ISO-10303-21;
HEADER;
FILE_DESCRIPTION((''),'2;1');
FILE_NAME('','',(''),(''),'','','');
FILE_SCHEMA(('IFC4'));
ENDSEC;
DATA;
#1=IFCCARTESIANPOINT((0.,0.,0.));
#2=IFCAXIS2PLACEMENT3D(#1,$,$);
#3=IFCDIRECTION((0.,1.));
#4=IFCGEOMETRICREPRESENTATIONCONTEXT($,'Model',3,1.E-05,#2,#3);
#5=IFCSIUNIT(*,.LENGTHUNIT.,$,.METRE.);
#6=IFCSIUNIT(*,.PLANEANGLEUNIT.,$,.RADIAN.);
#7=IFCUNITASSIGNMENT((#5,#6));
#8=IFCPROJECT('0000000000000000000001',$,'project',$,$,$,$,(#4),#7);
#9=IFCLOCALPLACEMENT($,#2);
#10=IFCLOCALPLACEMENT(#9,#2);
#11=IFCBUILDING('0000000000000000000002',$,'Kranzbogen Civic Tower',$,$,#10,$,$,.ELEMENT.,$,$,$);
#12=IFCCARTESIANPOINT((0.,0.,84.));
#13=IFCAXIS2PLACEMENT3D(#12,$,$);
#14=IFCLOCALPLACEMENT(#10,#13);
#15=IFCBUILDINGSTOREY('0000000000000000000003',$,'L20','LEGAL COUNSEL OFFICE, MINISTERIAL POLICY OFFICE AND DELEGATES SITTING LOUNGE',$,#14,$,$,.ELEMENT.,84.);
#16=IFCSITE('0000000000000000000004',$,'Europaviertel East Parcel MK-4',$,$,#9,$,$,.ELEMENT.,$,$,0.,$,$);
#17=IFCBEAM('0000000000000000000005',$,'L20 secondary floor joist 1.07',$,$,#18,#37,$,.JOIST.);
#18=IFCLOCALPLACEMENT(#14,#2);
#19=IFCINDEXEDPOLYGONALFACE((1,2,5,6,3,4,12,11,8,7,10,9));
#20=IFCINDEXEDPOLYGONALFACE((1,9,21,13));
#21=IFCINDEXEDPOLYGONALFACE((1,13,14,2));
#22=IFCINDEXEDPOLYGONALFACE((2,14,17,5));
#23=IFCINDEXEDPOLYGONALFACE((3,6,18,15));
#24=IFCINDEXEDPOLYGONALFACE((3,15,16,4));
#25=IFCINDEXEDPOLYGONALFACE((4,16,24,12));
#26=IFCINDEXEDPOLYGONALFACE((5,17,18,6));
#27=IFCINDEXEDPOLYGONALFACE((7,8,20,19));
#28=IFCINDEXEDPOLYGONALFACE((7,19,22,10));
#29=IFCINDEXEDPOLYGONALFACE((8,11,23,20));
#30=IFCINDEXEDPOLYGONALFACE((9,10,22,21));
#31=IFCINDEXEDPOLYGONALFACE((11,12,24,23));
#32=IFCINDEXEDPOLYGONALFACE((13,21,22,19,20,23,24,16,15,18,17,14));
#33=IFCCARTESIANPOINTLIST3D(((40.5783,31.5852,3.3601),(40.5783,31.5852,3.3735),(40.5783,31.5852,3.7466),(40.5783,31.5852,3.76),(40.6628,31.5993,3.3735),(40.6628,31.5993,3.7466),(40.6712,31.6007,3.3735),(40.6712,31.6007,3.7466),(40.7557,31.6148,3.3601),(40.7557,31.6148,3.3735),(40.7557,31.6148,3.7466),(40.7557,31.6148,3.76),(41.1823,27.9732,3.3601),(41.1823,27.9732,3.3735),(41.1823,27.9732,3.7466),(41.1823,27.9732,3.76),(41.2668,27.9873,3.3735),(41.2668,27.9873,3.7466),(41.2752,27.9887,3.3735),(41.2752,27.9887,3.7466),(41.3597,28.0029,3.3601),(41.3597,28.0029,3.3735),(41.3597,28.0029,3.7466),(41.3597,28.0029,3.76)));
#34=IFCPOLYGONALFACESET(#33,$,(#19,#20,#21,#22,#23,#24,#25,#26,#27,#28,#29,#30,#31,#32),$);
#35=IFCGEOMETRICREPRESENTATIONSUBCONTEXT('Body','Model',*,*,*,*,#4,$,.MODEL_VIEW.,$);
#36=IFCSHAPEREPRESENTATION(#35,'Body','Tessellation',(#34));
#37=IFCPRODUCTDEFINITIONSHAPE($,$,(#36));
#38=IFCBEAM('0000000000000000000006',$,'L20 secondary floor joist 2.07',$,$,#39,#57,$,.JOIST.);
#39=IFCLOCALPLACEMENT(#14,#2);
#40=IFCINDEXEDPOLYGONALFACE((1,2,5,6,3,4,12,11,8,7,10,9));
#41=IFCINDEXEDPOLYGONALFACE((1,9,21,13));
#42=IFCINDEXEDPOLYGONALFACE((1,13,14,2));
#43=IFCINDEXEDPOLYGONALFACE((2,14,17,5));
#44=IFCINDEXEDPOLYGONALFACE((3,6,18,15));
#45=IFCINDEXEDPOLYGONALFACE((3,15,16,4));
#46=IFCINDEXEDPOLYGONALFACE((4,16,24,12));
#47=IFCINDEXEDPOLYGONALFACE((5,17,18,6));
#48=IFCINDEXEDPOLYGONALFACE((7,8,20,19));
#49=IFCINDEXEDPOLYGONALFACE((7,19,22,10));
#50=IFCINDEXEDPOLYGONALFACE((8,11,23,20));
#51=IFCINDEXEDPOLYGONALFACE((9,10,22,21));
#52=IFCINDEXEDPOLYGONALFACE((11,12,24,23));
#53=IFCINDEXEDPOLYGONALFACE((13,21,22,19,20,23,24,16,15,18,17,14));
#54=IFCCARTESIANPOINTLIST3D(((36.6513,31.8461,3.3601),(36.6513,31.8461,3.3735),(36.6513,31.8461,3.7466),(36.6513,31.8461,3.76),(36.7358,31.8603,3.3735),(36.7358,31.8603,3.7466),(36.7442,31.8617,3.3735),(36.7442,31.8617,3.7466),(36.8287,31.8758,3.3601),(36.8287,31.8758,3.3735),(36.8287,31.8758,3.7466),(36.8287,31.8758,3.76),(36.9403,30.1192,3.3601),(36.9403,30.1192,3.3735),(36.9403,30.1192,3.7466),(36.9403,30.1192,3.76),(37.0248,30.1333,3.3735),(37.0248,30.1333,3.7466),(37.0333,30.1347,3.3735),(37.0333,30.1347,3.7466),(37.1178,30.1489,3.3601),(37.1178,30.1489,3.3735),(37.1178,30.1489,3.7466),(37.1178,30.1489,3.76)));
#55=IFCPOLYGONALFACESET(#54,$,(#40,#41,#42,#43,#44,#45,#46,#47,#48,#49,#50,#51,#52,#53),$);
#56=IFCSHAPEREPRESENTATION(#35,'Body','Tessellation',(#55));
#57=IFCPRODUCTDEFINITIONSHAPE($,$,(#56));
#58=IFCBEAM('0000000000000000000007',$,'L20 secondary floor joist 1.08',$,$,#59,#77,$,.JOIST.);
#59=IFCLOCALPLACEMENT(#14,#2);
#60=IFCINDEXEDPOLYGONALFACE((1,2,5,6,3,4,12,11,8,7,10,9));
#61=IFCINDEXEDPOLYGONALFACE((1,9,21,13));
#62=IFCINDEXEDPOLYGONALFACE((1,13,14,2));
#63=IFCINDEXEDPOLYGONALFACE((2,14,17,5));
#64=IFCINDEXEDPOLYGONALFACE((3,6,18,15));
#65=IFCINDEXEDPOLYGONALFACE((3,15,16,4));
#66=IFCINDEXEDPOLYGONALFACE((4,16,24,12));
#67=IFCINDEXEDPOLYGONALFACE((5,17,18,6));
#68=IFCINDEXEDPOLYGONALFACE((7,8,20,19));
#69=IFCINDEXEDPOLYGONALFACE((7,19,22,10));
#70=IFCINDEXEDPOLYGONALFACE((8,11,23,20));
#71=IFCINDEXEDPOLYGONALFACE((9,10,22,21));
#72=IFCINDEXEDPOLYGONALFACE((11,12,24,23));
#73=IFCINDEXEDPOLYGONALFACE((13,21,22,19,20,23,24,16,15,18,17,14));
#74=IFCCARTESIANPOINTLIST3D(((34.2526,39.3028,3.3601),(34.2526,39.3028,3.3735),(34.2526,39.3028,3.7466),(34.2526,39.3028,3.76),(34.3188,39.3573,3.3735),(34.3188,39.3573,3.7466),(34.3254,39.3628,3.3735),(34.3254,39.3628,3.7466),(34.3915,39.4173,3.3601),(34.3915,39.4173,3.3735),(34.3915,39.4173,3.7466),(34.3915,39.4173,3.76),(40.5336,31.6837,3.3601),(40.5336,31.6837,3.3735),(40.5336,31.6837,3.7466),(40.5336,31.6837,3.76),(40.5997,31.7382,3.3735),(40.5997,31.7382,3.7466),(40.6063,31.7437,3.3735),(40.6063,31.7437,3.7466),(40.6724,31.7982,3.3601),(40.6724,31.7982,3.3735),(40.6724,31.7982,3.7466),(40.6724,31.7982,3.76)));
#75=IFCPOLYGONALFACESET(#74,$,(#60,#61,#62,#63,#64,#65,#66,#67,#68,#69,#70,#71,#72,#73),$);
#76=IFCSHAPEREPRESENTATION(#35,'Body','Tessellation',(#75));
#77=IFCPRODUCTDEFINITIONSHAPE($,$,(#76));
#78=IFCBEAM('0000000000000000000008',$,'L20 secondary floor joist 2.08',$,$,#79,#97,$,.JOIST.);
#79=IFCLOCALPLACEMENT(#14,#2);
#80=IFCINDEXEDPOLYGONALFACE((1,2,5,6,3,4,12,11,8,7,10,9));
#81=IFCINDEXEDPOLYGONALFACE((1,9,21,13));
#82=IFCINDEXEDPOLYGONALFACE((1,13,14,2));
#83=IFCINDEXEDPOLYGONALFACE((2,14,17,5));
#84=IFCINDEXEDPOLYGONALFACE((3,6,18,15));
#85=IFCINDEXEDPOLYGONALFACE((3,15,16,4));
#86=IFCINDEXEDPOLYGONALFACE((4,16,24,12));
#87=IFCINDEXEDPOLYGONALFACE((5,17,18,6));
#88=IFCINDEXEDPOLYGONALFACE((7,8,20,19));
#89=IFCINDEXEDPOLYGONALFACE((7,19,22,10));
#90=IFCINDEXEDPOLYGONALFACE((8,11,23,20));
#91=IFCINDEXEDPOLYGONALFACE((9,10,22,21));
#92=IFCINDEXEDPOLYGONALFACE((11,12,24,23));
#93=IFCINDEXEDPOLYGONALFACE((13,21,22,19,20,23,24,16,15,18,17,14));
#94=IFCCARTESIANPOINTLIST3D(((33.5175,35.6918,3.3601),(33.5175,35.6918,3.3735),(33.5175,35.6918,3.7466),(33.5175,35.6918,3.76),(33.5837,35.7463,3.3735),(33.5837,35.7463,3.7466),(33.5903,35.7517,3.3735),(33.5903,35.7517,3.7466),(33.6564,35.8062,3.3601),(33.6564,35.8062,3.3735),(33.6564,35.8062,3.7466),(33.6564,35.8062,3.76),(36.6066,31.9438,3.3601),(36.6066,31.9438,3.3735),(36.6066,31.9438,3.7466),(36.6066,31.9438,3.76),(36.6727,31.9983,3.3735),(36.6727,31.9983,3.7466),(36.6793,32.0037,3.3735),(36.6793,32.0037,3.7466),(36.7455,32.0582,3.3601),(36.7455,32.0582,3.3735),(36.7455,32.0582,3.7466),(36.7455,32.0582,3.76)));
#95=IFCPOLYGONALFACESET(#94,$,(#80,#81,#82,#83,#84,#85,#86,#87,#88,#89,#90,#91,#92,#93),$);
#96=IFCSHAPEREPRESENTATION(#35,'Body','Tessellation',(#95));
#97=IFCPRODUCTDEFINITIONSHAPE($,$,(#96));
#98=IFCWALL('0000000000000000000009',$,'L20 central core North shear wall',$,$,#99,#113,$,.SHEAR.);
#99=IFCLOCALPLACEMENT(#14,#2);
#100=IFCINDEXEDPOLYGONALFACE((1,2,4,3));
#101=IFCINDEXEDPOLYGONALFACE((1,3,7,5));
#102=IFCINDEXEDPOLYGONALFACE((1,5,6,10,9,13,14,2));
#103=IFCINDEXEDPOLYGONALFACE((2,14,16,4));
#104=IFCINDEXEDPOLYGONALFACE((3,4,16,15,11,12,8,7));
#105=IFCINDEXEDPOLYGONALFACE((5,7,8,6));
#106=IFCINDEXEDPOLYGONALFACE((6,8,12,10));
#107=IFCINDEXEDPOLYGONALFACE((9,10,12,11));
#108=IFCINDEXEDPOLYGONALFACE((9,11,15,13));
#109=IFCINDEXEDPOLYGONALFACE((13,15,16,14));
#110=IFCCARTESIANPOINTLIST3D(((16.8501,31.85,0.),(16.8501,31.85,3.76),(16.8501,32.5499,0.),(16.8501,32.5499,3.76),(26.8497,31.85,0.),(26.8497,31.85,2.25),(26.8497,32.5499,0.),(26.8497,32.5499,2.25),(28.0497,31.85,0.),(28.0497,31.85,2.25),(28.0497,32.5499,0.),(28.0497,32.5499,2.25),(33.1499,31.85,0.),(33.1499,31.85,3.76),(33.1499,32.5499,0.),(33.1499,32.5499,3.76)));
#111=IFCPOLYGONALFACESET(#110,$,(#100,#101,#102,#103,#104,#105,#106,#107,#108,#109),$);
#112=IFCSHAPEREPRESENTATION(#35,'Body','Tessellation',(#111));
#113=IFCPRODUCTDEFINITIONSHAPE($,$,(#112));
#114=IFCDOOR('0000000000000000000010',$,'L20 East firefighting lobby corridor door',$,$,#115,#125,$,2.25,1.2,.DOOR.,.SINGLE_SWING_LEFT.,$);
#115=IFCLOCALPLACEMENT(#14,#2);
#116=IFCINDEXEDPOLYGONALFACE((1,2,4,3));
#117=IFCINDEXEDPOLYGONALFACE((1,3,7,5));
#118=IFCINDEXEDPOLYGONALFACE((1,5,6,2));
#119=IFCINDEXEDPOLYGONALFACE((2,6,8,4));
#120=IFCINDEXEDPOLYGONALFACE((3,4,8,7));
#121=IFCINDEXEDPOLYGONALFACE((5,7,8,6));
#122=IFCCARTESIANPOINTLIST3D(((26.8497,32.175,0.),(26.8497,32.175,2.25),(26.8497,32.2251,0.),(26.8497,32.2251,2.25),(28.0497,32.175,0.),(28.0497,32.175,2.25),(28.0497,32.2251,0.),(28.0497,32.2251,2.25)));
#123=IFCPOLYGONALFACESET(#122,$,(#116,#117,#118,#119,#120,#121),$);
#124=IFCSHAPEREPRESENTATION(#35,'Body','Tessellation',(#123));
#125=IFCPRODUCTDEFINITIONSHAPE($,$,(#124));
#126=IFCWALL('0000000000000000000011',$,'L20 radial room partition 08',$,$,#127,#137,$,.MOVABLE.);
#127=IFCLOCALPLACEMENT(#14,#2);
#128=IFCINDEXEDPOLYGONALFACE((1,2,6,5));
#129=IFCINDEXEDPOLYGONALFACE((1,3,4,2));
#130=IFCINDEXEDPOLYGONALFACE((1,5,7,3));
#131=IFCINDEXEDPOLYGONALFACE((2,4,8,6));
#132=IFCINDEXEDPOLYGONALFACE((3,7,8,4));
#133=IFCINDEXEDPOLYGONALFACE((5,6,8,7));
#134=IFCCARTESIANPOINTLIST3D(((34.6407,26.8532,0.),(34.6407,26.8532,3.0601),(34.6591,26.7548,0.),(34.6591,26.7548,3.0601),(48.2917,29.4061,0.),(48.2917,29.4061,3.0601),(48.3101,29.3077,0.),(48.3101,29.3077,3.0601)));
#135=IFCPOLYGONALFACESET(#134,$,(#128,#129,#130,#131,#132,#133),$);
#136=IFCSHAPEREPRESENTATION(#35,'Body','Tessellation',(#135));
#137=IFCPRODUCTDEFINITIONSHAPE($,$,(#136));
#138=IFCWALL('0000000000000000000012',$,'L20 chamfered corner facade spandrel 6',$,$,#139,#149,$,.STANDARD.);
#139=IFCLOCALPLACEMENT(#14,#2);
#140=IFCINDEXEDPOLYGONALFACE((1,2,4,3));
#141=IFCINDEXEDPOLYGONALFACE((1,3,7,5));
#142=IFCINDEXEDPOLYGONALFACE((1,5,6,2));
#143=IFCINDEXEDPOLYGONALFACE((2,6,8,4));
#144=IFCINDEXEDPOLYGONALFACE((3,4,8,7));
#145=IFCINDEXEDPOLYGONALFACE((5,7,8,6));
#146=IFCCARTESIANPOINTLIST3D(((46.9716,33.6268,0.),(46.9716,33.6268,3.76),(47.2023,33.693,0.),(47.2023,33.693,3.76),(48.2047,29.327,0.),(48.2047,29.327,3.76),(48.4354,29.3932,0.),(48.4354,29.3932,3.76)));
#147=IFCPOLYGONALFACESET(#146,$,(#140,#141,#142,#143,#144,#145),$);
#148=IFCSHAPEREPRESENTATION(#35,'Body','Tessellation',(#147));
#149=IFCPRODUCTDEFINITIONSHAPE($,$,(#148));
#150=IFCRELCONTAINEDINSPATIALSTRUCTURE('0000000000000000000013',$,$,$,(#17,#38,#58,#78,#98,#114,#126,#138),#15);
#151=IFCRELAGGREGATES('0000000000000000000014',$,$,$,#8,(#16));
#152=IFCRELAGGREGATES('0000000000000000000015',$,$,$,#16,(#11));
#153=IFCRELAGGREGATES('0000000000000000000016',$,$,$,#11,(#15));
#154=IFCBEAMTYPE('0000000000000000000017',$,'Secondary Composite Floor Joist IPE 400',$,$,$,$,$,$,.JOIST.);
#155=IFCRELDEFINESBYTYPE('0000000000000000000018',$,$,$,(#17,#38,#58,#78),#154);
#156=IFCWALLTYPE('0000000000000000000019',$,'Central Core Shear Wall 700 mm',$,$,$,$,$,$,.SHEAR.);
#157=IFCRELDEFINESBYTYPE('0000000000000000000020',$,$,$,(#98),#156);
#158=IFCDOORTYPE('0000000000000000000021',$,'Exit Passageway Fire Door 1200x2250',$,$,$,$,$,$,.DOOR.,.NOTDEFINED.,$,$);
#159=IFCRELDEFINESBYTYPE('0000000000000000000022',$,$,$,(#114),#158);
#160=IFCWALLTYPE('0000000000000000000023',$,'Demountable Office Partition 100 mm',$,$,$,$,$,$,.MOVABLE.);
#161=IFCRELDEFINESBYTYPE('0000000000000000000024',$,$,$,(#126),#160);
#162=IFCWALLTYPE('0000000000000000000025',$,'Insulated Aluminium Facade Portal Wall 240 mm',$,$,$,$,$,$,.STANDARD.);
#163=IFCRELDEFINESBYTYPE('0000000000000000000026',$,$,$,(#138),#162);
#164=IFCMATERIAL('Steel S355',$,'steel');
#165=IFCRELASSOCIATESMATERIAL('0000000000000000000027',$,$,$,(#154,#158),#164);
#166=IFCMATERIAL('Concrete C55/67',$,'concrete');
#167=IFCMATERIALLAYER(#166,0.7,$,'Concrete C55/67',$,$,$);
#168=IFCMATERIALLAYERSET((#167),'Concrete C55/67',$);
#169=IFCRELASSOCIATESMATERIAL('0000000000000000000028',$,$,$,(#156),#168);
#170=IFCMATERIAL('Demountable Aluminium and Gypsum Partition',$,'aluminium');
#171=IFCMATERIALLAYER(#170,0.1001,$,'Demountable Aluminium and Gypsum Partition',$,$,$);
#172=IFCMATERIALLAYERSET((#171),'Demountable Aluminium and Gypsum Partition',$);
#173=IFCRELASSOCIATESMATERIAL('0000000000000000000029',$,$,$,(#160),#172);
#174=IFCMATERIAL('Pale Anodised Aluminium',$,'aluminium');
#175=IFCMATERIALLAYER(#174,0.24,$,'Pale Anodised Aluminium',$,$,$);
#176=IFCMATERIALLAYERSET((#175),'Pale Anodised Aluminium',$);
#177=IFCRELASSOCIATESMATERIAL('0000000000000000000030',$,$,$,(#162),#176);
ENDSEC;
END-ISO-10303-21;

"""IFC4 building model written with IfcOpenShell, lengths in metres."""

from ifc_helpers import new_model, si_unit, direction, frame, frame_2d, origin, origin_2d, place, context, subcontext, project, spatial, rectangle, i_section, extrude, material, layer, layer_set, material_profile, profile_set, type_object, element, fill, save


model = new_model("IFC4")

# Units and contexts
model_context = context("Model", 3, precision=1e-05, world=origin(), true_north=direction((0.0, 1.0)))
body_context = subcontext(model_context, "Body", "Model", "MODEL_VIEW")
ifc_project = project(units=[si_unit("LENGTHUNIT", "METRE"), si_unit("PLANEANGLEUNIT", "RADIAN")], contexts=[model_context])

# Site, building, storey
site_placement = place(None, origin())
site = spatial("IfcSite", under=ifc_project, at=site_placement, Name="Europaviertel East Parcel MK-4", CompositionType="ELEMENT", RefElevation=0.0)
building_placement = place(site_placement, origin())
building = spatial("IfcBuilding", under=site, at=building_placement, Name="Kranzbogen Civic Tower", CompositionType="ELEMENT")
storey_placement = place(building_placement, frame((0.0, 0.0, 84.0)))
storey = spatial("IfcBuildingStorey", under=building, at=storey_placement, Name="L20", Description="LEGAL COUNSEL OFFICE, MINISTERIAL POLICY OFFICE AND DELEGATES SITTING LOUNGE", CompositionType="ELEMENT", Elevation=84.0)

# Shared definitions
ifc_material_1 = material(Name="Steel S355", Category="steel")

# Shared definitions
ifc_material_2 = material(Name="Pale Anodised Aluminium", Category="aluminium")

# Beams
ifc_material_profile_1 = material_profile(ifc_material_1, i_section(OverallWidth=0.1799, OverallDepth=0.3999, WebThickness=0.0085, FlangeThickness=0.0134, at=origin_2d()), Name="IPE 400")
ifc_profile_set_1 = profile_set([ifc_material_profile_1], Name="Steel S355")
beam_type_1 = type_object("IfcBeamType", Name="Secondary Composite Floor Joist IPE 400", PredefinedType="JOIST", material=ifc_profile_set_1)
beam_1_placement = place(storey_placement, frame((41.271, 27.988, 3.5601), z_axis=(-0.164929, 0.986305, 0.0), x_axis=(-0.986305, -0.164929, 0.0)))
element("IfcBeam", 1, at=beam_1_placement, inside=storey, type_object=beam_type_1, Name="L20 secondary floor joist 1.07", PredefinedType="JOIST", context=body_context, shape_type="SweptSolid", body=[
    extrude(i_section(OverallWidth=0.1799, OverallDepth=0.3999, WebThickness=0.0085, FlangeThickness=0.0134, at=origin_2d()), origin(), (0.0, 0.0, 1.0), 3.6621),
])
beam_2_placement = place(storey_placement, frame((37.0291, 30.134, 3.5601), z_axis=(-0.165077, 0.986281, 0.0), x_axis=(-0.986281, -0.165077, 0.0)))
element("IfcBeam", 2, at=beam_2_placement, inside=storey, type_object=beam_type_1, Name="L20 secondary floor joist 2.07", PredefinedType="JOIST", context=body_context, shape_type="SweptSolid", body=[
    extrude(i_section(OverallWidth=0.1799, OverallDepth=0.3999, WebThickness=0.0085, FlangeThickness=0.0134, at=origin_2d()), origin(), (0.0, 0.0, 1.0), 1.751),
])
beam_3_placement = place(storey_placement, frame((40.603, 31.741, 3.5601), z_axis=(-0.636095, 0.771611, 0.0), x_axis=(-0.771611, -0.636095, 0.0)))
element("IfcBeam", 3, at=beam_3_placement, inside=storey, type_object=beam_type_1, Name="L20 secondary floor joist 1.08", PredefinedType="JOIST", context=body_context, shape_type="SweptSolid", body=[
    extrude(i_section(OverallWidth=0.1799, OverallDepth=0.3999, WebThickness=0.0085, FlangeThickness=0.0134, at=origin_2d()), origin(), (0.0, 0.0, 1.0), 9.8743),
])
beam_4_placement = place(storey_placement, frame((36.676, 32.001, 3.5601), z_axis=(-0.636012, 0.771679, 0.0), x_axis=(-0.771679, -0.636012, 0.0)))
element("IfcBeam", 4, at=beam_4_placement, inside=storey, type_object=beam_type_1, Name="L20 secondary floor joist 2.08", PredefinedType="JOIST", context=body_context, shape_type="SweptSolid", body=[
    extrude(i_section(OverallWidth=0.1799, OverallDepth=0.3999, WebThickness=0.0085, FlangeThickness=0.0134, at=origin_2d()), origin(), (0.0, 0.0, 1.0), 4.8569),
])

# Wall, opening, door
ifc_material_3 = material(Name="Concrete C55/67", Category="concrete")
ifc_layer_1 = layer(ifc_material_3, 0.7, Name="Concrete C55/67")
ifc_layer_set_1 = layer_set([ifc_layer_1], Name="Concrete C55/67")
wall_type_1 = type_object("IfcWallType", Name="Central Core Shear Wall 700 mm", PredefinedType="SHEAR", material=ifc_layer_set_1)
wall_1_placement = place(storey_placement, frame((33.1499, 32.2, 0.0), z_axis=(0.0, 0.0, 1.0), x_axis=(-1.0, 0.0, 0.0)))
wall_1 = element("IfcWall", 5, at=wall_1_placement, inside=storey, type_object=wall_type_1, Name="L20 central core North shear wall", PredefinedType="SHEAR", context=body_context, shape_type="SweptSolid", body=[
    extrude(rectangle(XDim=16.2998, YDim=0.7, at=frame_2d((8.1499, 0.0))), origin(), (0.0, 0.0, 1.0), 3.76),
])
opening_placement = place(wall_1_placement, frame((5.1001, 0.0, 0.0)))
opening = element("IfcOpeningElement", 6, at=opening_placement, cuts=wall_1, PredefinedType="OPENING", context=body_context, shape_type="SweptSolid", body=[
    extrude(rectangle(XDim=1.2, YDim=2.25, at=frame_2d((0.6001, 1.125))), frame((0.0, 0.3599, 0.0), z_axis=(0.0, -1.0, 0.0), x_axis=(1.0, 0.0, 0.0)), (0.0, 0.0, 1.0), 0.72),
])
door_type = type_object("IfcDoorType", Name="Exit Passageway Fire Door 1200x2250", OperationType="NOTDEFINED", PredefinedType="DOOR", material=ifc_material_1)
door_placement = place(opening_placement, origin())
door = element("IfcDoor", 7, at=door_placement, inside=storey, type_object=door_type, Name="L20 East firefighting lobby corridor door", OperationType="SINGLE_SWING_LEFT", OverallHeight=2.25, OverallWidth=1.2, PredefinedType="DOOR", context=body_context, shape_type="SweptSolid", body=[
    extrude(rectangle(XDim=1.2, YDim=2.25, at=frame_2d((0.6001, 1.125))), frame((0.0, 0.0249, 0.0), z_axis=(0.0, -1.0, 0.0), x_axis=(1.0, 0.0, 0.0)), (0.0, 0.0, 1.0), 0.05),
])
fill(opening, door)

# Walls
ifc_material_4 = material(Name="Demountable Aluminium and Gypsum Partition", Category="aluminium")
ifc_layer_2 = layer(ifc_material_4, 0.1001, Name="Demountable Aluminium and Gypsum Partition")
ifc_layer_set_2 = layer_set([ifc_layer_2], Name="Demountable Aluminium and Gypsum Partition")
wall_type_2 = type_object("IfcWallType", Name="Demountable Office Partition 100 mm", PredefinedType="MOVABLE", material=ifc_layer_set_2)
wall_2_placement = place(storey_placement, frame((34.6499, 26.804, 0.0), z_axis=(0.0, 0.0, 1.0), x_axis=(0.982958, 0.183829, 0.0)))
element("IfcWall", 8, at=wall_2_placement, inside=storey, type_object=wall_type_2, Name="L20 radial room partition 08", PredefinedType="MOVABLE", context=body_context, shape_type="SweptSolid", body=[
    extrude(rectangle(XDim=13.8877, YDim=0.1001, at=frame_2d((6.9438, 0.0))), origin(), (0.0, 0.0, 1.0), 3.0601),
])
ifc_layer_3 = layer(ifc_material_2, 0.24, Name="Pale Anodised Aluminium")
ifc_layer_set_3 = layer_set([ifc_layer_3], Name="Pale Anodised Aluminium")
wall_type_3 = type_object("IfcWallType", Name="Insulated Aluminium Facade Portal Wall 240 mm", PredefinedType="STANDARD", material=ifc_layer_set_3)
wall_3_placement = place(storey_placement, frame((48.3201, 29.3601, 0.0), z_axis=(0.0, 0.0, 1.0), x_axis=(-0.27568, 0.96125, 0.0)))
element("IfcWall", 9, at=wall_3_placement, inside=storey, type_object=wall_type_3, Name="L20 chamfered corner facade spandrel 6", PredefinedType="STANDARD", context=body_context, shape_type="SweptSolid", body=[
    extrude(rectangle(XDim=4.4731, YDim=0.24, at=frame_2d((2.2366, 0.0))), origin(), (0.0, 0.0, 1.0), 3.76),
])

save(model, "model.ifc")
